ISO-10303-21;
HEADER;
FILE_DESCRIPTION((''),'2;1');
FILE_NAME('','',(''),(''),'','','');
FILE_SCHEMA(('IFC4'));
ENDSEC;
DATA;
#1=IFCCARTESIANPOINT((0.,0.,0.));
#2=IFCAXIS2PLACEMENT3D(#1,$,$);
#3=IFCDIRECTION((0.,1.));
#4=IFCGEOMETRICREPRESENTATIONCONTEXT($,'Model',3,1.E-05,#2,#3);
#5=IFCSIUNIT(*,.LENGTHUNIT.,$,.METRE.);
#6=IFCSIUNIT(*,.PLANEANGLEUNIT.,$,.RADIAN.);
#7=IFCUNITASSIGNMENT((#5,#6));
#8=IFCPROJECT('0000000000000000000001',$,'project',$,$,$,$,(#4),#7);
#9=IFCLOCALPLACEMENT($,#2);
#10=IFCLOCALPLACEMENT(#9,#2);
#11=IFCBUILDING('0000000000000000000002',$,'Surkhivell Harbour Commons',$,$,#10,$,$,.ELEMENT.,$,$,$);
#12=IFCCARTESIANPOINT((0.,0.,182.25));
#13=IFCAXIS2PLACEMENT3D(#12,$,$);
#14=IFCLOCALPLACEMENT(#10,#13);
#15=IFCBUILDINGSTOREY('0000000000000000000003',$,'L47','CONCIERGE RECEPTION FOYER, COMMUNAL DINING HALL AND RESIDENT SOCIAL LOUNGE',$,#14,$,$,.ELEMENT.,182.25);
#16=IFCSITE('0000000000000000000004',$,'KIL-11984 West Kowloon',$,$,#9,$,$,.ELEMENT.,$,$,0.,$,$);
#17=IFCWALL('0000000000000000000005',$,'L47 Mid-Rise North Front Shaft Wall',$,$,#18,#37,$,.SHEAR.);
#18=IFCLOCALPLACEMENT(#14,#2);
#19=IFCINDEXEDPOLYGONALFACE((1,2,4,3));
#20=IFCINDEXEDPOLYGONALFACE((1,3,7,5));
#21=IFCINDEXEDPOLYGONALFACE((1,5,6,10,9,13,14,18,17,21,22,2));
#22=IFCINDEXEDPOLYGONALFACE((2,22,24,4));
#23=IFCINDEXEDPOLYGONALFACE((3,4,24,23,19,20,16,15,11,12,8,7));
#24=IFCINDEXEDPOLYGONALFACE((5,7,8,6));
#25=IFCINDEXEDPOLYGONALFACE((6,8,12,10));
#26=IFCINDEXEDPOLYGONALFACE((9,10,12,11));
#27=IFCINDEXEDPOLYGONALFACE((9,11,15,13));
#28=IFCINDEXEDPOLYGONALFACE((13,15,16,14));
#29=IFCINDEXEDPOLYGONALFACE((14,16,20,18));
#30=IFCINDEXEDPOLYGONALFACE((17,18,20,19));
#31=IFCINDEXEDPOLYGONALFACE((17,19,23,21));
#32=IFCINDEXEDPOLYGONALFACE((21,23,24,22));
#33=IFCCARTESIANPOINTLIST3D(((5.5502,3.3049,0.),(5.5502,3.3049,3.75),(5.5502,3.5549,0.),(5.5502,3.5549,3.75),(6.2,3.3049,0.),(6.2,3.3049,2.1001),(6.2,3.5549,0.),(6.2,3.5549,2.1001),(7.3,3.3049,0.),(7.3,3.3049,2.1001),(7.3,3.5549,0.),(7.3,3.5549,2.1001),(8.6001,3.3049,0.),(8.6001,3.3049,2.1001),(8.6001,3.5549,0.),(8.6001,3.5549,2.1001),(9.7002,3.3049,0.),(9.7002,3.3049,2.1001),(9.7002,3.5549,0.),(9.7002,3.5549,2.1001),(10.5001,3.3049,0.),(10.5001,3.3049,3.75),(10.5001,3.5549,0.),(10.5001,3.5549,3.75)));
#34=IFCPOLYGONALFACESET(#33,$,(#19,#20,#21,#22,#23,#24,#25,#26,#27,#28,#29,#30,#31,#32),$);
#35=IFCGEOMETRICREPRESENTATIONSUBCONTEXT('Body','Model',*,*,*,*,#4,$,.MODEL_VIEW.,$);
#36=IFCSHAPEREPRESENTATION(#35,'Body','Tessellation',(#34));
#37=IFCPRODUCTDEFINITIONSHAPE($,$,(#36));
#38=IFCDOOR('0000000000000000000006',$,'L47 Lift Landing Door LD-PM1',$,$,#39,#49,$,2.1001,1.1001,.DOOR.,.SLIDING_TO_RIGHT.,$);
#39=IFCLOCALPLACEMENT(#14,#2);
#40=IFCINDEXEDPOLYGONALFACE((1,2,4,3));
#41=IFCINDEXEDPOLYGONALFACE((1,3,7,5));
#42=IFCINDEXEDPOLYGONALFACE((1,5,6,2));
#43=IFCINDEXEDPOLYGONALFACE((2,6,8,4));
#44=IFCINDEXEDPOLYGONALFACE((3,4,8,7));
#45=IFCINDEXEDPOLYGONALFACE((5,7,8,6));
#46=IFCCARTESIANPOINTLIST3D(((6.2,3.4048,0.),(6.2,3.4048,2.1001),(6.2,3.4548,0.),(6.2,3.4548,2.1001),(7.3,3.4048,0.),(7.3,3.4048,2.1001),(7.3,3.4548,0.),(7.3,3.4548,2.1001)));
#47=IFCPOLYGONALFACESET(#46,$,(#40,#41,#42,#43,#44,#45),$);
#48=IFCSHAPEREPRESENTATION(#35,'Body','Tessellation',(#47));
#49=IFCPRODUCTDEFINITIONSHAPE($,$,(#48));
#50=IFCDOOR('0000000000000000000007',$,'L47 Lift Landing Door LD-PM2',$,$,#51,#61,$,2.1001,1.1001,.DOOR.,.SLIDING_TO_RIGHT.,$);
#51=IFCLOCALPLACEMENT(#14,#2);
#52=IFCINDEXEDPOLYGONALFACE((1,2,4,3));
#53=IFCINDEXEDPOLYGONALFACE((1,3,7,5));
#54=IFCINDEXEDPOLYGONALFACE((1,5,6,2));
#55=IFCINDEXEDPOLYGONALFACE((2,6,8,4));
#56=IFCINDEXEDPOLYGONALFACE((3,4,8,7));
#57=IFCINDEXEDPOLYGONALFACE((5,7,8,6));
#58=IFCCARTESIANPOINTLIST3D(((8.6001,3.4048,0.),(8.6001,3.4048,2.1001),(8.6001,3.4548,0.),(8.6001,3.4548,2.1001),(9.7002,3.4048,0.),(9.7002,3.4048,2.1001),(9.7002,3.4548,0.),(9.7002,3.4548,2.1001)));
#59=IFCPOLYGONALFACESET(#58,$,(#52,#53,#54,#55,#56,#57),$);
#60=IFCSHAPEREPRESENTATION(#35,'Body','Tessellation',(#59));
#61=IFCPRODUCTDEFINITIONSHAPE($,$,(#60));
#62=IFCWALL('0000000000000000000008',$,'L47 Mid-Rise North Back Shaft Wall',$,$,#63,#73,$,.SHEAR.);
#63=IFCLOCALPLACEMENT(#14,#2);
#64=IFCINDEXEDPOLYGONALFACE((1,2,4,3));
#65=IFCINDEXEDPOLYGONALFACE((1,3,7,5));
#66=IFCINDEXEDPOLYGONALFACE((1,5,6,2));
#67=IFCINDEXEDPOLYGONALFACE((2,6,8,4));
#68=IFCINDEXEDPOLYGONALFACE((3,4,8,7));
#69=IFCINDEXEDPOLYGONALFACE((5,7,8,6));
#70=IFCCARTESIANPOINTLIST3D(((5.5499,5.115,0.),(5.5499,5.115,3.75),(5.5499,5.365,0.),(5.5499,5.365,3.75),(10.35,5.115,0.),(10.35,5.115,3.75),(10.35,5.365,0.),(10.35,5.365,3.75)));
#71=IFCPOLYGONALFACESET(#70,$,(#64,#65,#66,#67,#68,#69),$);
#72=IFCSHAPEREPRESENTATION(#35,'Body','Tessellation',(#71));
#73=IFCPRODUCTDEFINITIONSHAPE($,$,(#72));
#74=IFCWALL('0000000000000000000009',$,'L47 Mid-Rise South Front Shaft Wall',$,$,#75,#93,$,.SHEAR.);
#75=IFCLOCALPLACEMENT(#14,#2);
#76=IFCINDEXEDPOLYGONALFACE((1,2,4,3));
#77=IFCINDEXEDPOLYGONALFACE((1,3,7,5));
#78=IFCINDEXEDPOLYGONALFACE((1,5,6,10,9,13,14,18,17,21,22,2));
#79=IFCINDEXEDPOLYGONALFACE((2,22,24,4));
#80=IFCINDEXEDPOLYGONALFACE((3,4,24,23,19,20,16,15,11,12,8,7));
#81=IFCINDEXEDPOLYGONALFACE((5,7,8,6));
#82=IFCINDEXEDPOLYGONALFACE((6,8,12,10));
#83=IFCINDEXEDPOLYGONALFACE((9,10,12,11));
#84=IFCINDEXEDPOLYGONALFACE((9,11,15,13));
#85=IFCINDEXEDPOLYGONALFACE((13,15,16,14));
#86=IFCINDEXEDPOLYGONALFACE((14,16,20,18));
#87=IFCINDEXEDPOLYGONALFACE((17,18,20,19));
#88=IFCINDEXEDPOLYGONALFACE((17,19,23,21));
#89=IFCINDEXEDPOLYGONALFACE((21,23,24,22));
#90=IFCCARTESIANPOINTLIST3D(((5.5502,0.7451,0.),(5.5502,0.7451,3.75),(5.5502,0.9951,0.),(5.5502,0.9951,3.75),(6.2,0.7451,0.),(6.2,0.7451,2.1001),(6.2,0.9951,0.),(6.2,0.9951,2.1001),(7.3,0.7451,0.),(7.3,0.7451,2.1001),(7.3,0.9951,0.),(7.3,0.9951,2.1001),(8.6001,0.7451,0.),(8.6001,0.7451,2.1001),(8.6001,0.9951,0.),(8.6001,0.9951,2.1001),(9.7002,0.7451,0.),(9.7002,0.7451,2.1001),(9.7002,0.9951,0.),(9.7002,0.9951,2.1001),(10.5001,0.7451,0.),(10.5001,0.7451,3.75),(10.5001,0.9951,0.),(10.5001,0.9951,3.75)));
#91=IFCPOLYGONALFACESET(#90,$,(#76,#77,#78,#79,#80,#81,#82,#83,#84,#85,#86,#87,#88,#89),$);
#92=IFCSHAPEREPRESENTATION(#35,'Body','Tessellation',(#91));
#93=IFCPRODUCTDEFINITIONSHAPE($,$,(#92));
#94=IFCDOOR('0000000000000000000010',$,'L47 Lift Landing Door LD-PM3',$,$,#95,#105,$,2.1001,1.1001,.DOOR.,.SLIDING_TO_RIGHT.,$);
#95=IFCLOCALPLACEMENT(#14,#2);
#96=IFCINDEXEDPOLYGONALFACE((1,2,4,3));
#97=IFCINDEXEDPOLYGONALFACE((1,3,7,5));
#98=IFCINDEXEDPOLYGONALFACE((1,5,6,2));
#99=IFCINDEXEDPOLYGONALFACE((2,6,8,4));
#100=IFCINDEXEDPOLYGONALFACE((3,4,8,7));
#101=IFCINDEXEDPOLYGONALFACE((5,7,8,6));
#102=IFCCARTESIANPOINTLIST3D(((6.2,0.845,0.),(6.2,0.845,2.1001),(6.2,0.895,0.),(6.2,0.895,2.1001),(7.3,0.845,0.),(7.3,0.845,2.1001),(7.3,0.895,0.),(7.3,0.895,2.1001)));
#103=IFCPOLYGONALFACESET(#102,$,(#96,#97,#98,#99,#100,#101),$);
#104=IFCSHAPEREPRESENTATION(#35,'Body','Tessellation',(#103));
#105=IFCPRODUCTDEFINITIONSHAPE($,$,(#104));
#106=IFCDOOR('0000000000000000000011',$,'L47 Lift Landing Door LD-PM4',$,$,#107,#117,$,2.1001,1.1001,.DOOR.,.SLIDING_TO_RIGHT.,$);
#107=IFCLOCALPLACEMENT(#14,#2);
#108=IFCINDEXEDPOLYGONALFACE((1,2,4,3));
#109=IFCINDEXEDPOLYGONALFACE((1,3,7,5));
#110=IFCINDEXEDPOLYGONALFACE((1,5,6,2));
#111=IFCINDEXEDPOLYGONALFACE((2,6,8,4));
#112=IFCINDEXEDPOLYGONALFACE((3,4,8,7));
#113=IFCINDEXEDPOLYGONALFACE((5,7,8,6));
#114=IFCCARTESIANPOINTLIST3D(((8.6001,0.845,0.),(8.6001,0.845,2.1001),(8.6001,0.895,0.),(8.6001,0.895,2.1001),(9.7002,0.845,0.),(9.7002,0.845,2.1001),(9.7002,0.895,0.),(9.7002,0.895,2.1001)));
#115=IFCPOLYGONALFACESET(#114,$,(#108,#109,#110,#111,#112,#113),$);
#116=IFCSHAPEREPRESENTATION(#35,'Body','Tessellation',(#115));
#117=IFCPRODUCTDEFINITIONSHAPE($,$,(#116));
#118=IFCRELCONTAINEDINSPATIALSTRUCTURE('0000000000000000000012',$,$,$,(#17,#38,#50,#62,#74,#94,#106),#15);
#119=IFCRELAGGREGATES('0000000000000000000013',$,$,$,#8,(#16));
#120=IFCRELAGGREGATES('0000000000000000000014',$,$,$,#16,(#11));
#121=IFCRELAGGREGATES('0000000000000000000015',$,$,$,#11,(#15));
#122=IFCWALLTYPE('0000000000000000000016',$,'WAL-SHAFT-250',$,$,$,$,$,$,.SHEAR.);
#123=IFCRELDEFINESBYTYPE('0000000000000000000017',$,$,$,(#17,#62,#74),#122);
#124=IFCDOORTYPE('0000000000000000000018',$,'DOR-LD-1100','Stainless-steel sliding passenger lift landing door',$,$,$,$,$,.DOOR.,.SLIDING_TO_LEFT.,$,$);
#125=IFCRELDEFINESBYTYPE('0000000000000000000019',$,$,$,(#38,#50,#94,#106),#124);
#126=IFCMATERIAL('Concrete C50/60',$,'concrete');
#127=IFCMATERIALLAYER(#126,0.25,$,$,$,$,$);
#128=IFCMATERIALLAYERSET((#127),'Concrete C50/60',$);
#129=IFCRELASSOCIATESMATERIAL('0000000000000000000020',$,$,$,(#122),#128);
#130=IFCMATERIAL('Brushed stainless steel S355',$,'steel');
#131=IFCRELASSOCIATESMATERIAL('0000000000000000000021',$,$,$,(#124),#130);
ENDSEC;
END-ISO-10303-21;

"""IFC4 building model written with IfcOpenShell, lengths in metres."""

from ifc_helpers import new_model, si_unit, direction, frame, frame_2d, origin, place, context, subcontext, project, spatial, rectangle, extrude, material, layer, layer_set, type_object, element, fill, save


model = new_model("IFC4")

# Units and contexts
model_context = context("Model", 3, precision=1e-05, world=origin(), true_north=direction((0.0, 1.0)))
body_context = subcontext(model_context, "Body", "Model", "MODEL_VIEW")
ifc_project = project(units=[si_unit("LENGTHUNIT", "METRE"), si_unit("PLANEANGLEUNIT", "RADIAN")], contexts=[model_context])

# Site, building, storey
site_placement = place(None, origin())
site = spatial("IfcSite", under=ifc_project, at=site_placement, Name="KIL-11984 West Kowloon", CompositionType="ELEMENT", RefElevation=0.0)
building_placement = place(site_placement, origin())
building = spatial("IfcBuilding", under=site, at=building_placement, Name="Surkhivell Harbour Commons", CompositionType="ELEMENT")
storey_placement = place(building_placement, frame((0.0, 0.0, 182.25)))
storey = spatial("IfcBuildingStorey", under=building, at=storey_placement, Name="L47", Description="CONCIERGE RECEPTION FOYER, COMMUNAL DINING HALL AND RESIDENT SOCIAL LOUNGE", CompositionType="ELEMENT", Elevation=182.25)

# Shared definitions
ifc_material_1 = material(Name="Concrete C50/60", Category="concrete")
ifc_layer_1 = layer(ifc_material_1, 0.25)
ifc_layer_set_1 = layer_set([ifc_layer_1], Name="Concrete C50/60")
wall_type_1 = type_object("IfcWallType", Name="WAL-SHAFT-250", PredefinedType="SHEAR", material=ifc_layer_set_1)

# Wall, openings, doors
wall_1_placement = place(storey_placement, frame((5.55, 3.4299, 0.0), z_axis=(0.0, 0.0, 1.0), x_axis=(1.0, 0.0, 0.0)))
wall_1 = element("IfcWall", 1, at=wall_1_placement, inside=storey, type_object=wall_type_1, Name="L47 Mid-Rise North Front Shaft Wall", PredefinedType="SHEAR", context=body_context, shape_type="SweptSolid", body=[
    extrude(rectangle(XDim=4.95, YDim=0.25, at=frame_2d((2.4751, 0.0))), origin(), (0.0, 0.0, 1.0), 3.75),
])
opening_1_placement = place(wall_1_placement, frame((0.6499, 0.0, 0.0)))
opening_1 = element("IfcOpeningElement", 2, at=opening_1_placement, cuts=wall_1, PredefinedType="OPENING", context=body_context, shape_type="SweptSolid", body=[
    extrude(rectangle(XDim=1.1001, YDim=2.1001, at=frame_2d((0.55, 1.05))), frame((0.0, 0.135, 0.0), z_axis=(0.0, -1.0, 0.0), x_axis=(1.0, 0.0, 0.0)), (0.0, 0.0, 1.0), 0.27),
])
opening_2_placement = place(wall_1_placement, frame((3.05, 0.0, 0.0)))
opening_2 = element("IfcOpeningElement", 3, at=opening_2_placement, cuts=wall_1, PredefinedType="OPENING", context=body_context, shape_type="SweptSolid", body=[
    extrude(rectangle(XDim=1.1001, YDim=2.1001, at=frame_2d((0.55, 1.05))), frame((0.0, 0.135, 0.0), z_axis=(0.0, -1.0, 0.0), x_axis=(1.0, 0.0, 0.0)), (0.0, 0.0, 1.0), 0.27),
])
ifc_material_2 = material(Name="Brushed stainless steel S355", Category="steel")
door_type_1 = type_object("IfcDoorType", Name="DOR-LD-1100", Description="Stainless-steel sliding passenger lift landing door", OperationType="SLIDING_TO_LEFT", PredefinedType="DOOR", material=ifc_material_2)
door_1_placement = place(opening_1_placement, origin())
door_1 = element("IfcDoor", 4, at=door_1_placement, inside=storey, type_object=door_type_1, Name="L47 Lift Landing Door LD-PM1", OperationType="SLIDING_TO_RIGHT", OverallHeight=2.1001, OverallWidth=1.1001, PredefinedType="DOOR", context=body_context, shape_type="SweptSolid", body=[
    extrude(rectangle(XDim=1.1001, YDim=2.1001, at=frame_2d((0.55, 1.05))), frame((0.0, 0.0249, 0.0), z_axis=(0.0, -1.0, 0.0), x_axis=(1.0, 0.0, 0.0)), (0.0, 0.0, 1.0), 0.05),
])
fill(opening_1, door_1)
door_2_placement = place(opening_2_placement, origin())
door_2 = element("IfcDoor", 5, at=door_2_placement, inside=storey, type_object=door_type_1, Name="L47 Lift Landing Door LD-PM2", OperationType="SLIDING_TO_RIGHT", OverallHeight=2.1001, OverallWidth=1.1001, PredefinedType="DOOR", context=body_context, shape_type="SweptSolid", body=[
    extrude(rectangle(XDim=1.1001, YDim=2.1001, at=frame_2d((0.55, 1.05))), frame((0.0, 0.0249, 0.0), z_axis=(0.0, -1.0, 0.0), x_axis=(1.0, 0.0, 0.0)), (0.0, 0.0, 1.0), 0.05),
])
fill(opening_2, door_2)

# Wall
wall_2_placement = place(storey_placement, frame((5.55, 5.24, 0.0), z_axis=(0.0, 0.0, 1.0), x_axis=(1.0, 0.0, 0.0)))
element("IfcWall", 6, at=wall_2_placement, inside=storey, type_object=wall_type_1, Name="L47 Mid-Rise North Back Shaft Wall", PredefinedType="SHEAR", context=body_context, shape_type="SweptSolid", body=[
    extrude(rectangle(XDim=4.8, YDim=0.25, at=frame_2d((2.3999, 0.0))), origin(), (0.0, 0.0, 1.0), 3.75),
])

# Wall, openings, doors
wall_3_placement = place(storey_placement, frame((5.55, 0.8701, 0.0), z_axis=(0.0, 0.0, 1.0), x_axis=(1.0, 0.0, 0.0)))
wall_3 = element("IfcWall", 7, at=wall_3_placement, inside=storey, type_object=wall_type_1, Name="L47 Mid-Rise South Front Shaft Wall", PredefinedType="SHEAR", context=body_context, shape_type="SweptSolid", body=[
    extrude(rectangle(XDim=4.95, YDim=0.25, at=frame_2d((2.4751, 0.0))), origin(), (0.0, 0.0, 1.0), 3.75),
])
opening_3_placement = place(wall_3_placement, frame((0.6499, 0.0, 0.0)))
opening_3 = element("IfcOpeningElement", 8, at=opening_3_placement, cuts=wall_3, PredefinedType="OPENING", context=body_context, shape_type="SweptSolid", body=[
    extrude(rectangle(XDim=1.1001, YDim=2.1001, at=frame_2d((0.55, 1.05))), frame((0.0, 0.135, 0.0), z_axis=(0.0, -1.0, 0.0), x_axis=(1.0, 0.0, 0.0)), (0.0, 0.0, 1.0), 0.27),
])
opening_4_placement = place(wall_3_placement, frame((3.05, 0.0, 0.0)))
opening_4 = element("IfcOpeningElement", 9, at=opening_4_placement, cuts=wall_3, PredefinedType="OPENING", context=body_context, shape_type="SweptSolid", body=[
    extrude(rectangle(XDim=1.1001, YDim=2.1001, at=frame_2d((0.55, 1.05))), frame((0.0, 0.135, 0.0), z_axis=(0.0, -1.0, 0.0), x_axis=(1.0, 0.0, 0.0)), (0.0, 0.0, 1.0), 0.27),
])
door_3_placement = place(opening_3_placement, origin())
door_3 = element("IfcDoor", 10, at=door_3_placement, inside=storey, type_object=door_type_1, Name="L47 Lift Landing Door LD-PM3", OperationType="SLIDING_TO_RIGHT", OverallHeight=2.1001, OverallWidth=1.1001, PredefinedType="DOOR", context=body_context, shape_type="SweptSolid", body=[
    extrude(rectangle(XDim=1.1001, YDim=2.1001, at=frame_2d((0.55, 1.05))), frame((0.0, 0.0249, 0.0), z_axis=(0.0, -1.0, 0.0), x_axis=(1.0, 0.0, 0.0)), (0.0, 0.0, 1.0), 0.05),
])
fill(opening_3, door_3)
door_4_placement = place(opening_4_placement, origin())
door_4 = element("IfcDoor", 11, at=door_4_placement, inside=storey, type_object=door_type_1, Name="L47 Lift Landing Door LD-PM4", OperationType="SLIDING_TO_RIGHT", OverallHeight=2.1001, OverallWidth=1.1001, PredefinedType="DOOR", context=body_context, shape_type="SweptSolid", body=[
    extrude(rectangle(XDim=1.1001, YDim=2.1001, at=frame_2d((0.55, 1.05))), frame((0.0, 0.0249, 0.0), z_axis=(0.0, -1.0, 0.0), x_axis=(1.0, 0.0, 0.0)), (0.0, 0.0, 1.0), 0.05),
])
fill(opening_4, door_4)

save(model, "model.ifc")
